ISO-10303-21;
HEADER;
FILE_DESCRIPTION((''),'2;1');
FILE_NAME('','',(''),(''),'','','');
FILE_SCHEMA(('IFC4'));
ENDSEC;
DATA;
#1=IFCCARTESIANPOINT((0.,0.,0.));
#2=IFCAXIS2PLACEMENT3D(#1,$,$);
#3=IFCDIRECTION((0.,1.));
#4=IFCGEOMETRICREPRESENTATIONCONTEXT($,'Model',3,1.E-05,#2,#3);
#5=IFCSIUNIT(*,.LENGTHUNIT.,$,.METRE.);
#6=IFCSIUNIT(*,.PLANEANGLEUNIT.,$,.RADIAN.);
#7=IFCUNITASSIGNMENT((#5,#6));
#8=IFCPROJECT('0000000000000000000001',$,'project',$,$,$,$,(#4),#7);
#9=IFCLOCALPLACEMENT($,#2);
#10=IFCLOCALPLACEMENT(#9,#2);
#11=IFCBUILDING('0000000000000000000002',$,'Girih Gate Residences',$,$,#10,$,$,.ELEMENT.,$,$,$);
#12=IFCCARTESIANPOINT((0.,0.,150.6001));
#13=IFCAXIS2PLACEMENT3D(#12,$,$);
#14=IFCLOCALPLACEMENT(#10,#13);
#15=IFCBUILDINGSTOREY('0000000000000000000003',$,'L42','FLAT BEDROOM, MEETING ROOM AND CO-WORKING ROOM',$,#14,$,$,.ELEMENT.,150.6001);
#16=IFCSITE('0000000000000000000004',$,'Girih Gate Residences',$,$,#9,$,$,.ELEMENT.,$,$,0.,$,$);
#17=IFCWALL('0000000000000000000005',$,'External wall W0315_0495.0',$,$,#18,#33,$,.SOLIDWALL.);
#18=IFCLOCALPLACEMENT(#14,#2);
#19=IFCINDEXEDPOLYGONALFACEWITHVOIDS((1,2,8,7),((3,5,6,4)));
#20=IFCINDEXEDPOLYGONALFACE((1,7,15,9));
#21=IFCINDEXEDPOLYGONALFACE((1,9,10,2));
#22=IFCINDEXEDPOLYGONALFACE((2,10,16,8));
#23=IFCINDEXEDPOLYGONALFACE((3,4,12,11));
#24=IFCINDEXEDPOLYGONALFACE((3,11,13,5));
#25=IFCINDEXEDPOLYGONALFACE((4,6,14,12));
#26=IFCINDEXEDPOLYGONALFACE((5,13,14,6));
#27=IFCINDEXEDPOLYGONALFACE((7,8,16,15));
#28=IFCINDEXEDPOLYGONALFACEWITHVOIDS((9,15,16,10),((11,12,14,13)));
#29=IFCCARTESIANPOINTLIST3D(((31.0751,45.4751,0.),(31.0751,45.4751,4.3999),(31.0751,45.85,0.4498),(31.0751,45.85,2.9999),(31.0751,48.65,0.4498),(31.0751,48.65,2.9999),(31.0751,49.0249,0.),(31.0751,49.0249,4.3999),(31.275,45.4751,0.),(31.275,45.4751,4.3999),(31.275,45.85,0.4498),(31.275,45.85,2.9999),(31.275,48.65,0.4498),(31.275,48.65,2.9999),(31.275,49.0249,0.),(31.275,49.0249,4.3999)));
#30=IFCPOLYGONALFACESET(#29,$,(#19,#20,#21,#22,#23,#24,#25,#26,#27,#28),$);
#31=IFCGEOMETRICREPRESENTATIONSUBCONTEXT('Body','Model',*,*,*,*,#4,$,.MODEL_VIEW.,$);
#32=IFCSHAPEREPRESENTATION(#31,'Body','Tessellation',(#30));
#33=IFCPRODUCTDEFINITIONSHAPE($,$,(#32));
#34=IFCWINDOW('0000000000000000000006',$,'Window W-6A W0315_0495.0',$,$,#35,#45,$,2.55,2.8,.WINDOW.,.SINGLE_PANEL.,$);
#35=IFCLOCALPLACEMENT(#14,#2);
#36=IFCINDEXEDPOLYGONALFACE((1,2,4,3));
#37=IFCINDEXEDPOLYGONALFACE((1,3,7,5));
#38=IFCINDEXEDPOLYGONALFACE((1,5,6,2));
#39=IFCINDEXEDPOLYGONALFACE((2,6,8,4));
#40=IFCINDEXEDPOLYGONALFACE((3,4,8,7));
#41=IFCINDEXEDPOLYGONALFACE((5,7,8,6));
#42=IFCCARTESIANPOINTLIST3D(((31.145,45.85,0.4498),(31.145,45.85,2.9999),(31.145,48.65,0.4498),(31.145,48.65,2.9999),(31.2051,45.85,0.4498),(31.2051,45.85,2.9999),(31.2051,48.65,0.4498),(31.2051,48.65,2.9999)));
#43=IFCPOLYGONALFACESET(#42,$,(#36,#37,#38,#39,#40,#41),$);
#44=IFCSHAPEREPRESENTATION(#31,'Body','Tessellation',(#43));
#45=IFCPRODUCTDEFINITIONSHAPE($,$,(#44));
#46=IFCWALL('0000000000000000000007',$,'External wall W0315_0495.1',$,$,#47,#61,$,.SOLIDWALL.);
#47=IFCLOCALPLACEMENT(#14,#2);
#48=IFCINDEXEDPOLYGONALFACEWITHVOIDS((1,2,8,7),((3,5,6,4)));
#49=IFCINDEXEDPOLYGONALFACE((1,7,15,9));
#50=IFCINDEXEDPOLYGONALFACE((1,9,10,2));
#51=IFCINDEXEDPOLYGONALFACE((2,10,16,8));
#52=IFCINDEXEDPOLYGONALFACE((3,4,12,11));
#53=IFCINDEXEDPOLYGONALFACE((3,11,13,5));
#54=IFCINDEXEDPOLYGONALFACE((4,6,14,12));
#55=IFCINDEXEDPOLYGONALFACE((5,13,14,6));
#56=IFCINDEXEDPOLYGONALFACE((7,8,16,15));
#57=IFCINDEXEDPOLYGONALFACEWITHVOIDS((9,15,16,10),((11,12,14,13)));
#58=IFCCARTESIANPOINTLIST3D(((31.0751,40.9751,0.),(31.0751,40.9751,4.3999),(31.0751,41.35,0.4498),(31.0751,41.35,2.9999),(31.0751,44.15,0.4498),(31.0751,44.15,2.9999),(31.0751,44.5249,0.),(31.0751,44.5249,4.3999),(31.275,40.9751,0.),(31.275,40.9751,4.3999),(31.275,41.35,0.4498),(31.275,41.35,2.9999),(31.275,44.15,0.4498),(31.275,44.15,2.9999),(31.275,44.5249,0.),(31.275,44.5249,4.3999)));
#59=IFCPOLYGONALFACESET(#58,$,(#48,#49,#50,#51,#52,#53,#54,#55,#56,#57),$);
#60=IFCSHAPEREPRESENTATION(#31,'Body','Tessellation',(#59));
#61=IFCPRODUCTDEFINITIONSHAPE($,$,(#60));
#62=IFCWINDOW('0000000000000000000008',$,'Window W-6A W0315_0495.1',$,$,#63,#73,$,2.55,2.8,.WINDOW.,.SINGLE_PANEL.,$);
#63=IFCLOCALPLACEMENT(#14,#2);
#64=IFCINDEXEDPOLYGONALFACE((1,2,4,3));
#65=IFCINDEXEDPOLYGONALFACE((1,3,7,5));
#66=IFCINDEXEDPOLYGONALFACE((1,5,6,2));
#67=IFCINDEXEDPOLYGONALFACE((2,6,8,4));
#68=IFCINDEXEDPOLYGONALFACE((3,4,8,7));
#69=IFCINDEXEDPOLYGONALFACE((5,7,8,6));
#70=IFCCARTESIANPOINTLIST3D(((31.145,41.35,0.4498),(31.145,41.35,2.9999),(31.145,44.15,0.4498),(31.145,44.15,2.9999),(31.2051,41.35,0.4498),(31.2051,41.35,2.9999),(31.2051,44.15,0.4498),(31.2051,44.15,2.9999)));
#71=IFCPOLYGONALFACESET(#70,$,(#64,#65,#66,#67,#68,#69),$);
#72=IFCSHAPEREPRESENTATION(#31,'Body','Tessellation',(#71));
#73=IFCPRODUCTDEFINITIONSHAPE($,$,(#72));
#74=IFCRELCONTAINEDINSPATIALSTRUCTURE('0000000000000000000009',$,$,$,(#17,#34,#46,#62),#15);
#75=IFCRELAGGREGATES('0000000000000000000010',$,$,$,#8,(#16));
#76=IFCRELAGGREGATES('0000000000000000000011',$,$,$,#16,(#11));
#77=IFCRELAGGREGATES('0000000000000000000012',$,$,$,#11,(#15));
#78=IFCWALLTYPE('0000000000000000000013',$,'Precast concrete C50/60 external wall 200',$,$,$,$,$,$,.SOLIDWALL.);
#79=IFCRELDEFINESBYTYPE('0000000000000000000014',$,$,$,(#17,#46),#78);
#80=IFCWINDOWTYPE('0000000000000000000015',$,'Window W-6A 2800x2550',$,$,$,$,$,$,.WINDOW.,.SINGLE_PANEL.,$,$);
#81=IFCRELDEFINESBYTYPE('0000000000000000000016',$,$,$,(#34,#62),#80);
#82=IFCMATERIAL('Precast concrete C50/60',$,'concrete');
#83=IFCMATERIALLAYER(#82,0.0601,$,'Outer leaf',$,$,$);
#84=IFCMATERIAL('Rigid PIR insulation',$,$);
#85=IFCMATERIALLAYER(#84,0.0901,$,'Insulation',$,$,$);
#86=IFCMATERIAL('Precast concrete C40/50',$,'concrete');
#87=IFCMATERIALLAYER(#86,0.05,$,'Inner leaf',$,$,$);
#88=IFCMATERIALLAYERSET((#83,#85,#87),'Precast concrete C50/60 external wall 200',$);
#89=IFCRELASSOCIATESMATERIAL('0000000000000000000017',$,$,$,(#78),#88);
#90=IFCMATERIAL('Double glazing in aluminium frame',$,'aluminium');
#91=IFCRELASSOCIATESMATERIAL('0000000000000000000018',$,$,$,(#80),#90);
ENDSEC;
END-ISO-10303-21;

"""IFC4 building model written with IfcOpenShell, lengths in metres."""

from ifc_helpers import new_model, si_unit, direction, frame, frame_2d, origin, place, context, subcontext, project, spatial, rectangle, extrude, material, layer, layer_set, type_object, element, fill, save


model = new_model("IFC4")

# Units and contexts
model_context = context("Model", 3, precision=1e-05, world=origin(), true_north=direction((0.0, 1.0)))
body_context = subcontext(model_context, "Body", "Model", "MODEL_VIEW")
ifc_project = project(units=[si_unit("LENGTHUNIT", "METRE"), si_unit("PLANEANGLEUNIT", "RADIAN")], contexts=[model_context])

# Site, building, storey
site_placement = place(None, origin())
site = spatial("IfcSite", under=ifc_project, at=site_placement, Name="Girih Gate Residences", CompositionType="ELEMENT", RefElevation=0.0)
building_placement = place(site_placement, origin())
building = spatial("IfcBuilding", under=site, at=building_placement, Name="Girih Gate Residences", CompositionType="ELEMENT")
storey_placement = place(building_placement, frame((0.0, 0.0, 150.6001)))
storey = spatial("IfcBuildingStorey", under=building, at=storey_placement, Name="L42", Description="FLAT BEDROOM, MEETING ROOM AND CO-WORKING ROOM", CompositionType="ELEMENT", Elevation=150.6001)

# Walls, openings, windows
ifc_material_1 = material(Name="Precast concrete C50/60", Category="concrete")
ifc_layer_1 = layer(ifc_material_1, 0.0601, Name="Outer leaf")
ifc_material_2 = material(Name="Rigid PIR insulation")
ifc_layer_2 = layer(ifc_material_2, 0.0901, Name="Insulation")
ifc_material_3 = material(Name="Precast concrete C40/50", Category="concrete")
ifc_layer_3 = layer(ifc_material_3, 0.05, Name="Inner leaf")
ifc_layer_set = layer_set([ifc_layer_1, ifc_layer_2, ifc_layer_3], Name="Precast concrete C50/60 external wall 200")
wall_type = type_object("IfcWallType", Name="Precast concrete C50/60 external wall 200", PredefinedType="SOLIDWALL", material=ifc_layer_set)
ifc_material_4 = material(Name="Double glazing in aluminium frame", Category="aluminium")
window_type = type_object("IfcWindowType", Name="Window W-6A 2800x2550", PartitioningType="SINGLE_PANEL", PredefinedType="WINDOW", material=ifc_material_4)
wall_1_placement = place(storey_placement, frame((31.175, 45.4751, 0.0), z_axis=(0.0, 0.0, 1.0), x_axis=(0.0, 1.0, 0.0)))
wall_1 = element("IfcWall", 1, at=wall_1_placement, inside=storey, type_object=wall_type, Name="External wall W0315_0495.0", PredefinedType="SOLIDWALL", context=body_context, shape_type="SweptSolid", body=[
    extrude(rectangle(XDim=3.5498, YDim=0.2, at=frame_2d((1.7749, 0.0))), origin(), (0.0, 0.0, 1.0), 4.3999),
])
opening_1_placement = place(wall_1_placement, frame((0.375, 0.0, 0.45)))
opening_1 = element("IfcOpeningElement", 2, at=opening_1_placement, cuts=wall_1, PredefinedType="OPENING", context=body_context, shape_type="SweptSolid", body=[
    extrude(rectangle(XDim=2.8, YDim=2.55, at=frame_2d((1.3999, 1.2749))), frame((0.0, 0.1099, 0.0), z_axis=(0.0, -1.0, 0.0), x_axis=(1.0, 0.0, 0.0)), (0.0, 0.0, 1.0), 0.22),
])
window_1_placement = place(opening_1_placement, origin())
window_1 = element("IfcWindow", 3, at=window_1_placement, inside=storey, type_object=window_type, Name="Window W-6A W0315_0495.0", OverallHeight=2.55, OverallWidth=2.8, PartitioningType="SINGLE_PANEL", PredefinedType="WINDOW", context=body_context, shape_type="SweptSolid", body=[
    extrude(rectangle(XDim=2.8, YDim=2.55, at=frame_2d((1.3999, 1.2749))), frame((0.0, 0.03, 0.0), z_axis=(0.0, -1.0, 0.0), x_axis=(1.0, 0.0, 0.0)), (0.0, 0.0, 1.0), 0.0601),
])
fill(opening_1, window_1)
wall_2_placement = place(storey_placement, frame((31.175, 40.9751, 0.0), z_axis=(0.0, 0.0, 1.0), x_axis=(0.0, 1.0, 0.0)))
wall_2 = element("IfcWall", 4, at=wall_2_placement, inside=storey, type_object=wall_type, Name="External wall W0315_0495.1", PredefinedType="SOLIDWALL", context=body_context, shape_type="SweptSolid", body=[
    extrude(rectangle(XDim=3.5498, YDim=0.2, at=frame_2d((1.7749, 0.0))), origin(), (0.0, 0.0, 1.0), 4.3999),
])
opening_2_placement = place(wall_2_placement, frame((0.375, 0.0, 0.45)))
opening_2 = element("IfcOpeningElement", 5, at=opening_2_placement, cuts=wall_2, PredefinedType="OPENING", context=body_context, shape_type="SweptSolid", body=[
    extrude(rectangle(XDim=2.8, YDim=2.55, at=frame_2d((1.3999, 1.2749))), frame((0.0, 0.1099, 0.0), z_axis=(0.0, -1.0, 0.0), x_axis=(1.0, 0.0, 0.0)), (0.0, 0.0, 1.0), 0.22),
])
window_2_placement = place(opening_2_placement, origin())
window_2 = element("IfcWindow", 6, at=window_2_placement, inside=storey, type_object=window_type, Name="Window W-6A W0315_0495.1", OverallHeight=2.55, OverallWidth=2.8, PartitioningType="SINGLE_PANEL", PredefinedType="WINDOW", context=body_context, shape_type="SweptSolid", body=[
    extrude(rectangle(XDim=2.8, YDim=2.55, at=frame_2d((1.3999, 1.2749))), frame((0.0, 0.03, 0.0), z_axis=(0.0, -1.0, 0.0), x_axis=(1.0, 0.0, 0.0)), (0.0, 0.0, 1.0), 0.0601),
])
fill(opening_2, window_2)

save(model, "model.ifc")
